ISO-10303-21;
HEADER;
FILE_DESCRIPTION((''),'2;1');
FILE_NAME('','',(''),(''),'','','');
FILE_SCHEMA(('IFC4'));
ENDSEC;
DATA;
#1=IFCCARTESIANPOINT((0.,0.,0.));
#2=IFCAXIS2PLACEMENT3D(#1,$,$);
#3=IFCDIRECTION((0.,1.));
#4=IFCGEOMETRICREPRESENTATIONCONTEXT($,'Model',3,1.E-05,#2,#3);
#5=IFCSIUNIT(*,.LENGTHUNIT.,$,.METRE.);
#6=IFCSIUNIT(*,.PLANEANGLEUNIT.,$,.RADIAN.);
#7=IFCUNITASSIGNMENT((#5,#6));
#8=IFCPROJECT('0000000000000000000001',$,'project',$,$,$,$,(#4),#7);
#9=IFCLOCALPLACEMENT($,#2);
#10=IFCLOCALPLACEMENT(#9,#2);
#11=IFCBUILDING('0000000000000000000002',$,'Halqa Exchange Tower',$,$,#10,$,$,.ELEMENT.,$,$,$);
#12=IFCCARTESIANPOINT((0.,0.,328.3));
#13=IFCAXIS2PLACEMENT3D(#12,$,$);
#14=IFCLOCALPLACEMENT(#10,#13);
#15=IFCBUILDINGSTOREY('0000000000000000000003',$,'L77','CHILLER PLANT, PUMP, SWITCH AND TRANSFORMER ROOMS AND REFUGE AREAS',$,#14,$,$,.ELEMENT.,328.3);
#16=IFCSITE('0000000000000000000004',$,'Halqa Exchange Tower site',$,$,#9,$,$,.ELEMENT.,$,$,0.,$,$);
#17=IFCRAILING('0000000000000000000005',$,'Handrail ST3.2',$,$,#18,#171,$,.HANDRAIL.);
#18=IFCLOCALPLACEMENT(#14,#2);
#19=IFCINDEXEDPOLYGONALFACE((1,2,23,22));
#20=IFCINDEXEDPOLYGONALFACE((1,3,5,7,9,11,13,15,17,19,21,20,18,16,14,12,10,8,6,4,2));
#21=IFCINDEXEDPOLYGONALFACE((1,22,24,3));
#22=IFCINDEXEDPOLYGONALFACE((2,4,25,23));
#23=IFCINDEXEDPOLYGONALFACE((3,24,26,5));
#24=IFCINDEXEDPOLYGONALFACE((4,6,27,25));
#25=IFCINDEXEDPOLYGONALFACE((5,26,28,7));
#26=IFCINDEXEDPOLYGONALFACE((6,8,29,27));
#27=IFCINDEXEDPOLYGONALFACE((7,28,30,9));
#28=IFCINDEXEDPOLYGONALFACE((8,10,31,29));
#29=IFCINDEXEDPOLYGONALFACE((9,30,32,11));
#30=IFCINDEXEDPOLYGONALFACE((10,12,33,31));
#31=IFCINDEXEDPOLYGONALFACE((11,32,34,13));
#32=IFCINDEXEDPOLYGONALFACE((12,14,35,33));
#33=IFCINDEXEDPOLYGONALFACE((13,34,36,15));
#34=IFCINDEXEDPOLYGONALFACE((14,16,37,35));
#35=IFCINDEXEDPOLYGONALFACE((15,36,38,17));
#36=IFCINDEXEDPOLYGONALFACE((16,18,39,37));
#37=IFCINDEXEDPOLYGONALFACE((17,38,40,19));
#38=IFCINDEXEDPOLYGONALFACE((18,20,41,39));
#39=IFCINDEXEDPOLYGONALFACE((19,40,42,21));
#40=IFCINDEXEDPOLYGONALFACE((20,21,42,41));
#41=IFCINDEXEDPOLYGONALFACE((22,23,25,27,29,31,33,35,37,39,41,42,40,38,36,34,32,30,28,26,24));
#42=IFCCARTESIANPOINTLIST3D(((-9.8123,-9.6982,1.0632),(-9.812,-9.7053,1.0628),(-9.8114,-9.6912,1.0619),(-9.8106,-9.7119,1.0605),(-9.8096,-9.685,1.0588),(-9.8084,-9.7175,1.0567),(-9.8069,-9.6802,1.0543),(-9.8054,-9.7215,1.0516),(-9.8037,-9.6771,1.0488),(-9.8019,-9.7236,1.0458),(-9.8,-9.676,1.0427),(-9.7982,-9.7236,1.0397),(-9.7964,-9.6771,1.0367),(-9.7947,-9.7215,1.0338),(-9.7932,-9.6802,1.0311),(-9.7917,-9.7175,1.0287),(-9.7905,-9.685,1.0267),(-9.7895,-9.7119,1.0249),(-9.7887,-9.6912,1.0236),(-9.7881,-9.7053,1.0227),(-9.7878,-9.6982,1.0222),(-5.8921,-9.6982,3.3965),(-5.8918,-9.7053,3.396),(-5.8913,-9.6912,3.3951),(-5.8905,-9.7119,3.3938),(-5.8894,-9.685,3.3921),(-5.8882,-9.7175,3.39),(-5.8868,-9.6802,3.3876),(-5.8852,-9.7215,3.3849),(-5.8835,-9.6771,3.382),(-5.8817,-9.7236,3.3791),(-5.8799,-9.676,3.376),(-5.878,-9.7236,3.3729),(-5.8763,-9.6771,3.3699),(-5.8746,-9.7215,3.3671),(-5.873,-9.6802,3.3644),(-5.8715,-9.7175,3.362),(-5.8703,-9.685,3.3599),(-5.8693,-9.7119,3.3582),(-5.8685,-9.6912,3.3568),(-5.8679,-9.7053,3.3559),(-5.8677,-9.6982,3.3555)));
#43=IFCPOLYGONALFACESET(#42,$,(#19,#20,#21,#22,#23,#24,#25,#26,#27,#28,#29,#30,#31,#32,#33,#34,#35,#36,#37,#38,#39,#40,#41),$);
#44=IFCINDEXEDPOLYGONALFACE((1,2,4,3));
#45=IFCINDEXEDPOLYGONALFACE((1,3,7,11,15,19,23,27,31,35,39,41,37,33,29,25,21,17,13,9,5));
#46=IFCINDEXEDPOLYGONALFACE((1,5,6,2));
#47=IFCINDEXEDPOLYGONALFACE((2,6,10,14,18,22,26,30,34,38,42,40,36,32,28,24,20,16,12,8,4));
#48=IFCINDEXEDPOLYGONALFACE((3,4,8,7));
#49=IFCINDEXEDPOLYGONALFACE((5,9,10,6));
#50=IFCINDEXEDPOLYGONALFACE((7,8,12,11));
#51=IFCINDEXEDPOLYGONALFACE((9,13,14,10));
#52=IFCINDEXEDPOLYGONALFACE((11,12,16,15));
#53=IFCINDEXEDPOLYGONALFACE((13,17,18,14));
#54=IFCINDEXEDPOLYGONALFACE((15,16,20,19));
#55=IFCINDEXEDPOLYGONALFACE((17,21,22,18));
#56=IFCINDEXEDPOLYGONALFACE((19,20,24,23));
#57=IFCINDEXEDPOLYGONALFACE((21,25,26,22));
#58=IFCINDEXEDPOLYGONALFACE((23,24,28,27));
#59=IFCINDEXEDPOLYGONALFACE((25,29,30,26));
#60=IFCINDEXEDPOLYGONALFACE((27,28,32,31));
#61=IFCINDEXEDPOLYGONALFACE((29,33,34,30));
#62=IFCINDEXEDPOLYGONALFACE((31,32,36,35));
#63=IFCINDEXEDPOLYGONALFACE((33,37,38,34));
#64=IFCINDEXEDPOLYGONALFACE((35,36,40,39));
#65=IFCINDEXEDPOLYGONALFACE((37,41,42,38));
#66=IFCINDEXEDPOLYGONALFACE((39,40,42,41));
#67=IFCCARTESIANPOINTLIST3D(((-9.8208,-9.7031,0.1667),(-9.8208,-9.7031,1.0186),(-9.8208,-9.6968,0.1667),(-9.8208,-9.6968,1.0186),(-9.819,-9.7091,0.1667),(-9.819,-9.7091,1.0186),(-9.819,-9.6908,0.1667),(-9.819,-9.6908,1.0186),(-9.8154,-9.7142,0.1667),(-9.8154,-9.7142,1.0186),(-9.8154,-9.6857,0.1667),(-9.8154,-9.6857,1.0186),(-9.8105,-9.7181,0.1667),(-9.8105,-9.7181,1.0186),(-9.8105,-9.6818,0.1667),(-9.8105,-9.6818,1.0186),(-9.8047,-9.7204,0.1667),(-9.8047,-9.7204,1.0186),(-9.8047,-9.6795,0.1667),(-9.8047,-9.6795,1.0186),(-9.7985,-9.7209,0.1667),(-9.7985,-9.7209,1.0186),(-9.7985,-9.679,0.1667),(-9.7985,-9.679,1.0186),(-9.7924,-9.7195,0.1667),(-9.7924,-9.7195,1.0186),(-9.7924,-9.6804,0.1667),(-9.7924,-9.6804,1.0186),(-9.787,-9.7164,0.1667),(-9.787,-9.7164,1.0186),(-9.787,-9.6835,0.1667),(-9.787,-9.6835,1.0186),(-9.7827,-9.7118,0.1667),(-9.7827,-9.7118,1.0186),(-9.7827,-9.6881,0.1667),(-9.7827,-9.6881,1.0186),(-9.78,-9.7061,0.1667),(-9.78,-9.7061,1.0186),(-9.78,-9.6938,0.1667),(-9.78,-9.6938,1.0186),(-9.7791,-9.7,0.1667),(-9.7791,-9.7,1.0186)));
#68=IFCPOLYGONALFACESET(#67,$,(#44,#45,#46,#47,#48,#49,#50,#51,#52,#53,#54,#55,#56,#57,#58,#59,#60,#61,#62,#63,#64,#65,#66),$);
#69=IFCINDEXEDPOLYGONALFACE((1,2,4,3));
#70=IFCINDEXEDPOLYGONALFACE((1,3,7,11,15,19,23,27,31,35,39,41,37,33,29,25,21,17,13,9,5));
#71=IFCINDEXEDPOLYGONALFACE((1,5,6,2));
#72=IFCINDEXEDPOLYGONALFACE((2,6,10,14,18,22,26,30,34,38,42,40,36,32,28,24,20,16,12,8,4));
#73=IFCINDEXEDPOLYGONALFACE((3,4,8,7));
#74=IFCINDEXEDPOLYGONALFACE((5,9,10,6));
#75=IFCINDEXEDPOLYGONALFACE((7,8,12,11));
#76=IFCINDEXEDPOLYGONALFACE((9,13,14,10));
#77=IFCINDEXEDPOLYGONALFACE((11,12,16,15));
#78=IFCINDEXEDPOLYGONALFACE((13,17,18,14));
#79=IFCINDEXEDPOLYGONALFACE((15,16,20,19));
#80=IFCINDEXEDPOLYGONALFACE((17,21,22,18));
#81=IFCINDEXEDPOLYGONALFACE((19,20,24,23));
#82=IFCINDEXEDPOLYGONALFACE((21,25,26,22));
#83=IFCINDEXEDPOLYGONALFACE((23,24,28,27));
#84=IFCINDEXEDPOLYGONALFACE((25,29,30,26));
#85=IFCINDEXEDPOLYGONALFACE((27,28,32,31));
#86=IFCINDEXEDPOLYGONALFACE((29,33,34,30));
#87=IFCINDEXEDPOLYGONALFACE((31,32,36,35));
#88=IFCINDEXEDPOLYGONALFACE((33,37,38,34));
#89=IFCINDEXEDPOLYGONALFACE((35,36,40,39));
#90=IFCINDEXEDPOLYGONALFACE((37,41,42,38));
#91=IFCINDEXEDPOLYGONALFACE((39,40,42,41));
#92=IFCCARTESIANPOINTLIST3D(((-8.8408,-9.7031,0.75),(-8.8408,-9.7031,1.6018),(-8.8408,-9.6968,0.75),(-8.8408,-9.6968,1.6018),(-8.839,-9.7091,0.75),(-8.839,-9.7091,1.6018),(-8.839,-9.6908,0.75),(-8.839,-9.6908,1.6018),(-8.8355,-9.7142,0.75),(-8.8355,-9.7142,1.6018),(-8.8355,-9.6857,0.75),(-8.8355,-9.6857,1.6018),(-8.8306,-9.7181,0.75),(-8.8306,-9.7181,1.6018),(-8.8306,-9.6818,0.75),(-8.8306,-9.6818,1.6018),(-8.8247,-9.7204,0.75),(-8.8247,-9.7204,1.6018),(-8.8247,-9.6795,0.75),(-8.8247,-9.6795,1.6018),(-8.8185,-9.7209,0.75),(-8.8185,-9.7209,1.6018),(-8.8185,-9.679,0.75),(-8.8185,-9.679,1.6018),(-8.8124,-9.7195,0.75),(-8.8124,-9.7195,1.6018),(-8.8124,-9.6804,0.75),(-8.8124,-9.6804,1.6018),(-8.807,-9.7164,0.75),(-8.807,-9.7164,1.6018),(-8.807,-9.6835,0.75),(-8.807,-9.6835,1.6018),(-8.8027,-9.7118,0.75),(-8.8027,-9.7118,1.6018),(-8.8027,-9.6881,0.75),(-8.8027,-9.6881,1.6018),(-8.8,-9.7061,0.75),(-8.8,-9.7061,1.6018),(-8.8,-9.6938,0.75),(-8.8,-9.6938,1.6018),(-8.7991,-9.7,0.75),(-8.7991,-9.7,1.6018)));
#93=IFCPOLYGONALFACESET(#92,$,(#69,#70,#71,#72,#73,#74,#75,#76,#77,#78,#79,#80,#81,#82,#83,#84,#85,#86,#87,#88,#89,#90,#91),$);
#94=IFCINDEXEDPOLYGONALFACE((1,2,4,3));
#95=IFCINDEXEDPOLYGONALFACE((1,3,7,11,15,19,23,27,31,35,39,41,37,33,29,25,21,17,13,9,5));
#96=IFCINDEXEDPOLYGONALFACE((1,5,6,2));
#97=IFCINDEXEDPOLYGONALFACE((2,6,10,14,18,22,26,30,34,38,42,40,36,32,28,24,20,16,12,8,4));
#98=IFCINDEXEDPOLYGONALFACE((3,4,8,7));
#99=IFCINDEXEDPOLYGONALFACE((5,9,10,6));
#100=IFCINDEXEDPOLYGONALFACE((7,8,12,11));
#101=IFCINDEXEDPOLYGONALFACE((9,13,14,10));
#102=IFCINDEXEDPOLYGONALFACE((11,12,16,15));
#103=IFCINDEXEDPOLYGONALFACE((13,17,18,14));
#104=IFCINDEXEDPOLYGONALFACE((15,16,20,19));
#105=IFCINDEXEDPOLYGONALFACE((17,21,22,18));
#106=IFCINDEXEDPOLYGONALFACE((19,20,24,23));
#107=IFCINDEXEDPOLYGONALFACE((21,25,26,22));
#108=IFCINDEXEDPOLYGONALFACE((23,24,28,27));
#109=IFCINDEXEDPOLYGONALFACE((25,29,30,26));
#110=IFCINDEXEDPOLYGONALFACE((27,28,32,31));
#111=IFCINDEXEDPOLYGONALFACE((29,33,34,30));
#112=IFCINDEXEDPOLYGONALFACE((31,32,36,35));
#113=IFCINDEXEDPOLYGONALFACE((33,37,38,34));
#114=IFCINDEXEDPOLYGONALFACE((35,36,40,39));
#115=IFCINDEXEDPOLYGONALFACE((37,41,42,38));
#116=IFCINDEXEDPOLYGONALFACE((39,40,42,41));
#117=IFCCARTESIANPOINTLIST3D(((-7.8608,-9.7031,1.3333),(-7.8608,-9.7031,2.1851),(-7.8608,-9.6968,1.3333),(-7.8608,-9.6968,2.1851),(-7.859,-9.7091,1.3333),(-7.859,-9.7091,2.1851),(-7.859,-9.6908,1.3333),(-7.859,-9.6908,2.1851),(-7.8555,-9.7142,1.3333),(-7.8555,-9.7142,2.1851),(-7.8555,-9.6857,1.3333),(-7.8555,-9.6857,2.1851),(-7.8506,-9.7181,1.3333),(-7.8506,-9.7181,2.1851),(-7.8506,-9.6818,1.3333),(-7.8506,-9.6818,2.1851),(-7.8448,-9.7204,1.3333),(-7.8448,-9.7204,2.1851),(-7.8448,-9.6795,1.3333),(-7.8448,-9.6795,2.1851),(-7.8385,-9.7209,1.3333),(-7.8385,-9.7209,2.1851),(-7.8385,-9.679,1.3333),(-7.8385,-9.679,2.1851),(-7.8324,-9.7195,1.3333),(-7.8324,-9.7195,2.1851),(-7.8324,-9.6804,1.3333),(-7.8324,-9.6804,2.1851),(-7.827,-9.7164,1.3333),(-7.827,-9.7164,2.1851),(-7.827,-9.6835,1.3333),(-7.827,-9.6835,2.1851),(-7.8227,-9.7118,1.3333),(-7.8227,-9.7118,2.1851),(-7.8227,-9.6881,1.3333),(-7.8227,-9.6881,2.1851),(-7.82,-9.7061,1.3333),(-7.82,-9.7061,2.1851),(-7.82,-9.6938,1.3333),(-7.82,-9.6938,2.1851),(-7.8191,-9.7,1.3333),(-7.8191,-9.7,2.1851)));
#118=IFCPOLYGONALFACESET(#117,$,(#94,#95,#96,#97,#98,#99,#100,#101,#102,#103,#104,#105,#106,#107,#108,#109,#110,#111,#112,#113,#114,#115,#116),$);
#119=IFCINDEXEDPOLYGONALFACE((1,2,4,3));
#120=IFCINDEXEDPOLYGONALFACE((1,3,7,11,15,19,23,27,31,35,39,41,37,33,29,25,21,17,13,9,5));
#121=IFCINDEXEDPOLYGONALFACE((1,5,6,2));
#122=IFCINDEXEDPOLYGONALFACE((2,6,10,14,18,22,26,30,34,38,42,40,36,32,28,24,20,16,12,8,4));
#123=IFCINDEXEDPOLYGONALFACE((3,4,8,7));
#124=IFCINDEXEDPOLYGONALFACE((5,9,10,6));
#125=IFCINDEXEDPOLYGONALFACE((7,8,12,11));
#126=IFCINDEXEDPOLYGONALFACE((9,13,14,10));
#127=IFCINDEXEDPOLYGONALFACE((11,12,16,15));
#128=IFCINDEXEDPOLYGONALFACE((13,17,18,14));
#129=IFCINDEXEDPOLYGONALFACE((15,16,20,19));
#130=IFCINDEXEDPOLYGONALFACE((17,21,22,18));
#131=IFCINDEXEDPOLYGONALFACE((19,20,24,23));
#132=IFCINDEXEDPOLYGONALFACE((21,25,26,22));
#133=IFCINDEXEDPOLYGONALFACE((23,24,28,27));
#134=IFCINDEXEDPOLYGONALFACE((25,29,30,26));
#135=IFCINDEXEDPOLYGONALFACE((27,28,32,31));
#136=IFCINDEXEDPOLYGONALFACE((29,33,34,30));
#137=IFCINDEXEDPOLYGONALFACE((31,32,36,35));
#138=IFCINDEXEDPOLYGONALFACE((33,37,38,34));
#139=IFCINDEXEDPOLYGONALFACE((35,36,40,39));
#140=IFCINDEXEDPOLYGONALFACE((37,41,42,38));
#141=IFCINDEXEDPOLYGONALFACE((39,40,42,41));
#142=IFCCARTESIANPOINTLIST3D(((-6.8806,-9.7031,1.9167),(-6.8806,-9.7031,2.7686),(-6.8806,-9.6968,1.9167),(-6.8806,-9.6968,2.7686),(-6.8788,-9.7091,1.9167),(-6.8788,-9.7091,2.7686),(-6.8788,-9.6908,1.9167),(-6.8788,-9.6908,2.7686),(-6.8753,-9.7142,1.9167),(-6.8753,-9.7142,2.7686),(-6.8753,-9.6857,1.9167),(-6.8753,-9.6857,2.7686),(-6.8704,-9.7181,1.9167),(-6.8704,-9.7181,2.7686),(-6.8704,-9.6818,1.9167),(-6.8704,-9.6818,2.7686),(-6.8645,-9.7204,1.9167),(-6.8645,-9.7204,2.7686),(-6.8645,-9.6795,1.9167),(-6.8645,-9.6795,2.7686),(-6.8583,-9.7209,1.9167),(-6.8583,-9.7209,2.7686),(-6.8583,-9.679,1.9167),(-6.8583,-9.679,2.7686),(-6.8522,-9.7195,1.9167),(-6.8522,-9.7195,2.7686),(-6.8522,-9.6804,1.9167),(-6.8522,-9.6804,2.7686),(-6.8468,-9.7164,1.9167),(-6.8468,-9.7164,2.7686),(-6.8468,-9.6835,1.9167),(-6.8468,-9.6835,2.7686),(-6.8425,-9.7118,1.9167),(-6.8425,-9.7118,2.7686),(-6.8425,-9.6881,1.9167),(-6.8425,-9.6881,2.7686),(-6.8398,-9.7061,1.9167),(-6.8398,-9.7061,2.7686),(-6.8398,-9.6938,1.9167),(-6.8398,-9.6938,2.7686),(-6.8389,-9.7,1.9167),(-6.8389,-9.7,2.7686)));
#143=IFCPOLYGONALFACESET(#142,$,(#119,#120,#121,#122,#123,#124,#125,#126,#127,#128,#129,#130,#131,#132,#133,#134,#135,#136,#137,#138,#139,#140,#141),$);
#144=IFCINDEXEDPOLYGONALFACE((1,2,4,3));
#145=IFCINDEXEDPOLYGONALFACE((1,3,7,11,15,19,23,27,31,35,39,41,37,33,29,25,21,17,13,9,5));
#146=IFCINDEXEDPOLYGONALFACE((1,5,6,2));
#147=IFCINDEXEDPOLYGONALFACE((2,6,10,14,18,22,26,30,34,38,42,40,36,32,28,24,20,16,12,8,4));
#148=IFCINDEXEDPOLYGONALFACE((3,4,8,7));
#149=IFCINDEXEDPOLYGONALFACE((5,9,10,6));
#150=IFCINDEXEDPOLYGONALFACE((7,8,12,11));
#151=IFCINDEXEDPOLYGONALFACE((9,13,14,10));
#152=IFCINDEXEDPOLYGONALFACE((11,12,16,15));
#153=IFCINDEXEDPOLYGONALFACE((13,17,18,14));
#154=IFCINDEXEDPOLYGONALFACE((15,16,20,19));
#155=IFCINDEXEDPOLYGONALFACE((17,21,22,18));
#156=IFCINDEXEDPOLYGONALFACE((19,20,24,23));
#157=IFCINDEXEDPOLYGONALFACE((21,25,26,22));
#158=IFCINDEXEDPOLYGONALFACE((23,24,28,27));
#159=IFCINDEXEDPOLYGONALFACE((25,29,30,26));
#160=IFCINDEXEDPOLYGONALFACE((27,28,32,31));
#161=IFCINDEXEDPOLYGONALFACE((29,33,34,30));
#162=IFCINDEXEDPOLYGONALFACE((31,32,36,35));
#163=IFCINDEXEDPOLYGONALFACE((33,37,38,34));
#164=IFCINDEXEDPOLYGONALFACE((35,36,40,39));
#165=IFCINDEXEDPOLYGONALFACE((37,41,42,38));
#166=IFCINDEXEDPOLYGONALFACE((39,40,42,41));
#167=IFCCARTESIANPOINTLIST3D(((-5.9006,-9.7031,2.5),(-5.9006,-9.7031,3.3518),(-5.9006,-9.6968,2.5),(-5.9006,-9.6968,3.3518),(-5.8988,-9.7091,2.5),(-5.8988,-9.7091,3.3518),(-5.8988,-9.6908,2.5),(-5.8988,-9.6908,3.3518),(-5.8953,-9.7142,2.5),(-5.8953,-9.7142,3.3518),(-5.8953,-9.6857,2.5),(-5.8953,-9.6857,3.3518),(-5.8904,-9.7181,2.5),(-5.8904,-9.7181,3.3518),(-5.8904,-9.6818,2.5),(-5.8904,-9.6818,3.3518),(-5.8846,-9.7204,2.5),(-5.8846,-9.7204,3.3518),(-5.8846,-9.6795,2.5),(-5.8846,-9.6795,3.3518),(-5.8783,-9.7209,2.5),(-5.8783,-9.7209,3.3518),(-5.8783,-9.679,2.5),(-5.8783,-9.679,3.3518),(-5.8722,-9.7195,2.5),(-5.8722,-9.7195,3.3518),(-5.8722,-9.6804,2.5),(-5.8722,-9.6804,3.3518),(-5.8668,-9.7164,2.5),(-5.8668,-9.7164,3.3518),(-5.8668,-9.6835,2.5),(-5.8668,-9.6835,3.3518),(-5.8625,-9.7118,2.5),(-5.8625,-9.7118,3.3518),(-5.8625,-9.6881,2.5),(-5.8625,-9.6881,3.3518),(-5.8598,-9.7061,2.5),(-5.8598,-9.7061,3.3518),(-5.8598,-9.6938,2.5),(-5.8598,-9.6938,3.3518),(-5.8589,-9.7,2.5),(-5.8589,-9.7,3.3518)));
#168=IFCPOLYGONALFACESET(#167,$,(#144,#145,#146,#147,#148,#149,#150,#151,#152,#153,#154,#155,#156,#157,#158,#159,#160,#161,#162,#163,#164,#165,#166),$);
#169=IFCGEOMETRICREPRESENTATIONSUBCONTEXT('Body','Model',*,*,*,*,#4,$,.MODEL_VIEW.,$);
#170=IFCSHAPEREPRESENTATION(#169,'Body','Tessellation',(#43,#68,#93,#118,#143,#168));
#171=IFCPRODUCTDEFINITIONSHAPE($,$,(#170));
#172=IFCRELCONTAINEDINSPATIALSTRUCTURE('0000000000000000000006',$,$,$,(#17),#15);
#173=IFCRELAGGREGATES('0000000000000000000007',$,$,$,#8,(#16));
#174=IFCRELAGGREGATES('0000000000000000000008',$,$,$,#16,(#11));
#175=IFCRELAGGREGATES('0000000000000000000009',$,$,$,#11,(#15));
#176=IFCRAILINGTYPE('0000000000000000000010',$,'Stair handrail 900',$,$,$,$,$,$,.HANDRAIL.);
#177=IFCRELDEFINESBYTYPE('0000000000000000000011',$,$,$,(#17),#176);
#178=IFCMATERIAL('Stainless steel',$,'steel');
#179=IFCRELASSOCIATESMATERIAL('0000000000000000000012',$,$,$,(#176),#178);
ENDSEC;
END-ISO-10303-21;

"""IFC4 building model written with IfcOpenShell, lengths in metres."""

from ifc_helpers import new_model, si_unit, direction, frame, origin, origin_2d, place, context, subcontext, project, spatial, circle, extrude, material, type_object, element, save


model = new_model("IFC4")

# Units and contexts
model_context = context("Model", 3, precision=1e-05, world=origin(), true_north=direction((0.0, 1.0)))
body_context = subcontext(model_context, "Body", "Model", "MODEL_VIEW")
ifc_project = project(units=[si_unit("LENGTHUNIT", "METRE"), si_unit("PLANEANGLEUNIT", "RADIAN")], contexts=[model_context])

# Site, building, storey
site_placement = place(None, origin())
site = spatial("IfcSite", under=ifc_project, at=site_placement, Name="Halqa Exchange Tower site", CompositionType="ELEMENT", RefElevation=0.0)
building_placement = place(site_placement, origin())
building = spatial("IfcBuilding", under=site, at=building_placement, Name="Halqa Exchange Tower", CompositionType="ELEMENT")
storey_placement = place(building_placement, frame((0.0, 0.0, 328.3)))
storey = spatial("IfcBuildingStorey", under=building, at=storey_placement, Name="L77", Description="CHILLER PLANT, PUMP, SWITCH AND TRANSFORMER ROOMS AND REFUGE AREAS", CompositionType="ELEMENT", Elevation=328.3)

# Railing
ifc_material_1 = material(Name="Stainless steel", Category="steel")
railing_type_1 = type_object("IfcRailingType", Name="Stair handrail 900", PredefinedType="HANDRAIL", material=ifc_material_1)
railing_1_placement = place(storey_placement, frame((-9.8, -9.7, 0.1667)))
element("IfcRailing", 1, at=railing_1_placement, inside=storey, type_object=railing_type_1, Name="Handrail ST3.2", PredefinedType="HANDRAIL", context=body_context, shape_type="SweptSolid", body=[
    extrude(circle(Radius=0.0239, at=origin_2d()), frame((0.0, 0.0, 0.876), z_axis=(0.85931, 0.0, 0.511455), x_axis=(0.0, 1.0, 0.0)), (0.0, 0.0, 1.0), 4.562),
    extrude(circle(Radius=0.021, at=origin_2d()), origin(), (0.0, 0.0, 1.0), 0.8518),
    extrude(circle(Radius=0.021, at=origin_2d()), frame((0.98, 0.0, 0.5833)), (0.0, 0.0, 1.0), 0.8518),
    extrude(circle(Radius=0.021, at=origin_2d()), frame((1.96, 0.0, 1.1665)), (0.0, 0.0, 1.0), 0.8518),
    extrude(circle(Radius=0.021, at=origin_2d()), frame((2.9402, 0.0, 1.75)), (0.0, 0.0, 1.0), 0.8518),
    extrude(circle(Radius=0.021, at=origin_2d()), frame((3.9202, 0.0, 2.3333)), (0.0, 0.0, 1.0), 0.8518),
])

save(model, "model.ifc")
